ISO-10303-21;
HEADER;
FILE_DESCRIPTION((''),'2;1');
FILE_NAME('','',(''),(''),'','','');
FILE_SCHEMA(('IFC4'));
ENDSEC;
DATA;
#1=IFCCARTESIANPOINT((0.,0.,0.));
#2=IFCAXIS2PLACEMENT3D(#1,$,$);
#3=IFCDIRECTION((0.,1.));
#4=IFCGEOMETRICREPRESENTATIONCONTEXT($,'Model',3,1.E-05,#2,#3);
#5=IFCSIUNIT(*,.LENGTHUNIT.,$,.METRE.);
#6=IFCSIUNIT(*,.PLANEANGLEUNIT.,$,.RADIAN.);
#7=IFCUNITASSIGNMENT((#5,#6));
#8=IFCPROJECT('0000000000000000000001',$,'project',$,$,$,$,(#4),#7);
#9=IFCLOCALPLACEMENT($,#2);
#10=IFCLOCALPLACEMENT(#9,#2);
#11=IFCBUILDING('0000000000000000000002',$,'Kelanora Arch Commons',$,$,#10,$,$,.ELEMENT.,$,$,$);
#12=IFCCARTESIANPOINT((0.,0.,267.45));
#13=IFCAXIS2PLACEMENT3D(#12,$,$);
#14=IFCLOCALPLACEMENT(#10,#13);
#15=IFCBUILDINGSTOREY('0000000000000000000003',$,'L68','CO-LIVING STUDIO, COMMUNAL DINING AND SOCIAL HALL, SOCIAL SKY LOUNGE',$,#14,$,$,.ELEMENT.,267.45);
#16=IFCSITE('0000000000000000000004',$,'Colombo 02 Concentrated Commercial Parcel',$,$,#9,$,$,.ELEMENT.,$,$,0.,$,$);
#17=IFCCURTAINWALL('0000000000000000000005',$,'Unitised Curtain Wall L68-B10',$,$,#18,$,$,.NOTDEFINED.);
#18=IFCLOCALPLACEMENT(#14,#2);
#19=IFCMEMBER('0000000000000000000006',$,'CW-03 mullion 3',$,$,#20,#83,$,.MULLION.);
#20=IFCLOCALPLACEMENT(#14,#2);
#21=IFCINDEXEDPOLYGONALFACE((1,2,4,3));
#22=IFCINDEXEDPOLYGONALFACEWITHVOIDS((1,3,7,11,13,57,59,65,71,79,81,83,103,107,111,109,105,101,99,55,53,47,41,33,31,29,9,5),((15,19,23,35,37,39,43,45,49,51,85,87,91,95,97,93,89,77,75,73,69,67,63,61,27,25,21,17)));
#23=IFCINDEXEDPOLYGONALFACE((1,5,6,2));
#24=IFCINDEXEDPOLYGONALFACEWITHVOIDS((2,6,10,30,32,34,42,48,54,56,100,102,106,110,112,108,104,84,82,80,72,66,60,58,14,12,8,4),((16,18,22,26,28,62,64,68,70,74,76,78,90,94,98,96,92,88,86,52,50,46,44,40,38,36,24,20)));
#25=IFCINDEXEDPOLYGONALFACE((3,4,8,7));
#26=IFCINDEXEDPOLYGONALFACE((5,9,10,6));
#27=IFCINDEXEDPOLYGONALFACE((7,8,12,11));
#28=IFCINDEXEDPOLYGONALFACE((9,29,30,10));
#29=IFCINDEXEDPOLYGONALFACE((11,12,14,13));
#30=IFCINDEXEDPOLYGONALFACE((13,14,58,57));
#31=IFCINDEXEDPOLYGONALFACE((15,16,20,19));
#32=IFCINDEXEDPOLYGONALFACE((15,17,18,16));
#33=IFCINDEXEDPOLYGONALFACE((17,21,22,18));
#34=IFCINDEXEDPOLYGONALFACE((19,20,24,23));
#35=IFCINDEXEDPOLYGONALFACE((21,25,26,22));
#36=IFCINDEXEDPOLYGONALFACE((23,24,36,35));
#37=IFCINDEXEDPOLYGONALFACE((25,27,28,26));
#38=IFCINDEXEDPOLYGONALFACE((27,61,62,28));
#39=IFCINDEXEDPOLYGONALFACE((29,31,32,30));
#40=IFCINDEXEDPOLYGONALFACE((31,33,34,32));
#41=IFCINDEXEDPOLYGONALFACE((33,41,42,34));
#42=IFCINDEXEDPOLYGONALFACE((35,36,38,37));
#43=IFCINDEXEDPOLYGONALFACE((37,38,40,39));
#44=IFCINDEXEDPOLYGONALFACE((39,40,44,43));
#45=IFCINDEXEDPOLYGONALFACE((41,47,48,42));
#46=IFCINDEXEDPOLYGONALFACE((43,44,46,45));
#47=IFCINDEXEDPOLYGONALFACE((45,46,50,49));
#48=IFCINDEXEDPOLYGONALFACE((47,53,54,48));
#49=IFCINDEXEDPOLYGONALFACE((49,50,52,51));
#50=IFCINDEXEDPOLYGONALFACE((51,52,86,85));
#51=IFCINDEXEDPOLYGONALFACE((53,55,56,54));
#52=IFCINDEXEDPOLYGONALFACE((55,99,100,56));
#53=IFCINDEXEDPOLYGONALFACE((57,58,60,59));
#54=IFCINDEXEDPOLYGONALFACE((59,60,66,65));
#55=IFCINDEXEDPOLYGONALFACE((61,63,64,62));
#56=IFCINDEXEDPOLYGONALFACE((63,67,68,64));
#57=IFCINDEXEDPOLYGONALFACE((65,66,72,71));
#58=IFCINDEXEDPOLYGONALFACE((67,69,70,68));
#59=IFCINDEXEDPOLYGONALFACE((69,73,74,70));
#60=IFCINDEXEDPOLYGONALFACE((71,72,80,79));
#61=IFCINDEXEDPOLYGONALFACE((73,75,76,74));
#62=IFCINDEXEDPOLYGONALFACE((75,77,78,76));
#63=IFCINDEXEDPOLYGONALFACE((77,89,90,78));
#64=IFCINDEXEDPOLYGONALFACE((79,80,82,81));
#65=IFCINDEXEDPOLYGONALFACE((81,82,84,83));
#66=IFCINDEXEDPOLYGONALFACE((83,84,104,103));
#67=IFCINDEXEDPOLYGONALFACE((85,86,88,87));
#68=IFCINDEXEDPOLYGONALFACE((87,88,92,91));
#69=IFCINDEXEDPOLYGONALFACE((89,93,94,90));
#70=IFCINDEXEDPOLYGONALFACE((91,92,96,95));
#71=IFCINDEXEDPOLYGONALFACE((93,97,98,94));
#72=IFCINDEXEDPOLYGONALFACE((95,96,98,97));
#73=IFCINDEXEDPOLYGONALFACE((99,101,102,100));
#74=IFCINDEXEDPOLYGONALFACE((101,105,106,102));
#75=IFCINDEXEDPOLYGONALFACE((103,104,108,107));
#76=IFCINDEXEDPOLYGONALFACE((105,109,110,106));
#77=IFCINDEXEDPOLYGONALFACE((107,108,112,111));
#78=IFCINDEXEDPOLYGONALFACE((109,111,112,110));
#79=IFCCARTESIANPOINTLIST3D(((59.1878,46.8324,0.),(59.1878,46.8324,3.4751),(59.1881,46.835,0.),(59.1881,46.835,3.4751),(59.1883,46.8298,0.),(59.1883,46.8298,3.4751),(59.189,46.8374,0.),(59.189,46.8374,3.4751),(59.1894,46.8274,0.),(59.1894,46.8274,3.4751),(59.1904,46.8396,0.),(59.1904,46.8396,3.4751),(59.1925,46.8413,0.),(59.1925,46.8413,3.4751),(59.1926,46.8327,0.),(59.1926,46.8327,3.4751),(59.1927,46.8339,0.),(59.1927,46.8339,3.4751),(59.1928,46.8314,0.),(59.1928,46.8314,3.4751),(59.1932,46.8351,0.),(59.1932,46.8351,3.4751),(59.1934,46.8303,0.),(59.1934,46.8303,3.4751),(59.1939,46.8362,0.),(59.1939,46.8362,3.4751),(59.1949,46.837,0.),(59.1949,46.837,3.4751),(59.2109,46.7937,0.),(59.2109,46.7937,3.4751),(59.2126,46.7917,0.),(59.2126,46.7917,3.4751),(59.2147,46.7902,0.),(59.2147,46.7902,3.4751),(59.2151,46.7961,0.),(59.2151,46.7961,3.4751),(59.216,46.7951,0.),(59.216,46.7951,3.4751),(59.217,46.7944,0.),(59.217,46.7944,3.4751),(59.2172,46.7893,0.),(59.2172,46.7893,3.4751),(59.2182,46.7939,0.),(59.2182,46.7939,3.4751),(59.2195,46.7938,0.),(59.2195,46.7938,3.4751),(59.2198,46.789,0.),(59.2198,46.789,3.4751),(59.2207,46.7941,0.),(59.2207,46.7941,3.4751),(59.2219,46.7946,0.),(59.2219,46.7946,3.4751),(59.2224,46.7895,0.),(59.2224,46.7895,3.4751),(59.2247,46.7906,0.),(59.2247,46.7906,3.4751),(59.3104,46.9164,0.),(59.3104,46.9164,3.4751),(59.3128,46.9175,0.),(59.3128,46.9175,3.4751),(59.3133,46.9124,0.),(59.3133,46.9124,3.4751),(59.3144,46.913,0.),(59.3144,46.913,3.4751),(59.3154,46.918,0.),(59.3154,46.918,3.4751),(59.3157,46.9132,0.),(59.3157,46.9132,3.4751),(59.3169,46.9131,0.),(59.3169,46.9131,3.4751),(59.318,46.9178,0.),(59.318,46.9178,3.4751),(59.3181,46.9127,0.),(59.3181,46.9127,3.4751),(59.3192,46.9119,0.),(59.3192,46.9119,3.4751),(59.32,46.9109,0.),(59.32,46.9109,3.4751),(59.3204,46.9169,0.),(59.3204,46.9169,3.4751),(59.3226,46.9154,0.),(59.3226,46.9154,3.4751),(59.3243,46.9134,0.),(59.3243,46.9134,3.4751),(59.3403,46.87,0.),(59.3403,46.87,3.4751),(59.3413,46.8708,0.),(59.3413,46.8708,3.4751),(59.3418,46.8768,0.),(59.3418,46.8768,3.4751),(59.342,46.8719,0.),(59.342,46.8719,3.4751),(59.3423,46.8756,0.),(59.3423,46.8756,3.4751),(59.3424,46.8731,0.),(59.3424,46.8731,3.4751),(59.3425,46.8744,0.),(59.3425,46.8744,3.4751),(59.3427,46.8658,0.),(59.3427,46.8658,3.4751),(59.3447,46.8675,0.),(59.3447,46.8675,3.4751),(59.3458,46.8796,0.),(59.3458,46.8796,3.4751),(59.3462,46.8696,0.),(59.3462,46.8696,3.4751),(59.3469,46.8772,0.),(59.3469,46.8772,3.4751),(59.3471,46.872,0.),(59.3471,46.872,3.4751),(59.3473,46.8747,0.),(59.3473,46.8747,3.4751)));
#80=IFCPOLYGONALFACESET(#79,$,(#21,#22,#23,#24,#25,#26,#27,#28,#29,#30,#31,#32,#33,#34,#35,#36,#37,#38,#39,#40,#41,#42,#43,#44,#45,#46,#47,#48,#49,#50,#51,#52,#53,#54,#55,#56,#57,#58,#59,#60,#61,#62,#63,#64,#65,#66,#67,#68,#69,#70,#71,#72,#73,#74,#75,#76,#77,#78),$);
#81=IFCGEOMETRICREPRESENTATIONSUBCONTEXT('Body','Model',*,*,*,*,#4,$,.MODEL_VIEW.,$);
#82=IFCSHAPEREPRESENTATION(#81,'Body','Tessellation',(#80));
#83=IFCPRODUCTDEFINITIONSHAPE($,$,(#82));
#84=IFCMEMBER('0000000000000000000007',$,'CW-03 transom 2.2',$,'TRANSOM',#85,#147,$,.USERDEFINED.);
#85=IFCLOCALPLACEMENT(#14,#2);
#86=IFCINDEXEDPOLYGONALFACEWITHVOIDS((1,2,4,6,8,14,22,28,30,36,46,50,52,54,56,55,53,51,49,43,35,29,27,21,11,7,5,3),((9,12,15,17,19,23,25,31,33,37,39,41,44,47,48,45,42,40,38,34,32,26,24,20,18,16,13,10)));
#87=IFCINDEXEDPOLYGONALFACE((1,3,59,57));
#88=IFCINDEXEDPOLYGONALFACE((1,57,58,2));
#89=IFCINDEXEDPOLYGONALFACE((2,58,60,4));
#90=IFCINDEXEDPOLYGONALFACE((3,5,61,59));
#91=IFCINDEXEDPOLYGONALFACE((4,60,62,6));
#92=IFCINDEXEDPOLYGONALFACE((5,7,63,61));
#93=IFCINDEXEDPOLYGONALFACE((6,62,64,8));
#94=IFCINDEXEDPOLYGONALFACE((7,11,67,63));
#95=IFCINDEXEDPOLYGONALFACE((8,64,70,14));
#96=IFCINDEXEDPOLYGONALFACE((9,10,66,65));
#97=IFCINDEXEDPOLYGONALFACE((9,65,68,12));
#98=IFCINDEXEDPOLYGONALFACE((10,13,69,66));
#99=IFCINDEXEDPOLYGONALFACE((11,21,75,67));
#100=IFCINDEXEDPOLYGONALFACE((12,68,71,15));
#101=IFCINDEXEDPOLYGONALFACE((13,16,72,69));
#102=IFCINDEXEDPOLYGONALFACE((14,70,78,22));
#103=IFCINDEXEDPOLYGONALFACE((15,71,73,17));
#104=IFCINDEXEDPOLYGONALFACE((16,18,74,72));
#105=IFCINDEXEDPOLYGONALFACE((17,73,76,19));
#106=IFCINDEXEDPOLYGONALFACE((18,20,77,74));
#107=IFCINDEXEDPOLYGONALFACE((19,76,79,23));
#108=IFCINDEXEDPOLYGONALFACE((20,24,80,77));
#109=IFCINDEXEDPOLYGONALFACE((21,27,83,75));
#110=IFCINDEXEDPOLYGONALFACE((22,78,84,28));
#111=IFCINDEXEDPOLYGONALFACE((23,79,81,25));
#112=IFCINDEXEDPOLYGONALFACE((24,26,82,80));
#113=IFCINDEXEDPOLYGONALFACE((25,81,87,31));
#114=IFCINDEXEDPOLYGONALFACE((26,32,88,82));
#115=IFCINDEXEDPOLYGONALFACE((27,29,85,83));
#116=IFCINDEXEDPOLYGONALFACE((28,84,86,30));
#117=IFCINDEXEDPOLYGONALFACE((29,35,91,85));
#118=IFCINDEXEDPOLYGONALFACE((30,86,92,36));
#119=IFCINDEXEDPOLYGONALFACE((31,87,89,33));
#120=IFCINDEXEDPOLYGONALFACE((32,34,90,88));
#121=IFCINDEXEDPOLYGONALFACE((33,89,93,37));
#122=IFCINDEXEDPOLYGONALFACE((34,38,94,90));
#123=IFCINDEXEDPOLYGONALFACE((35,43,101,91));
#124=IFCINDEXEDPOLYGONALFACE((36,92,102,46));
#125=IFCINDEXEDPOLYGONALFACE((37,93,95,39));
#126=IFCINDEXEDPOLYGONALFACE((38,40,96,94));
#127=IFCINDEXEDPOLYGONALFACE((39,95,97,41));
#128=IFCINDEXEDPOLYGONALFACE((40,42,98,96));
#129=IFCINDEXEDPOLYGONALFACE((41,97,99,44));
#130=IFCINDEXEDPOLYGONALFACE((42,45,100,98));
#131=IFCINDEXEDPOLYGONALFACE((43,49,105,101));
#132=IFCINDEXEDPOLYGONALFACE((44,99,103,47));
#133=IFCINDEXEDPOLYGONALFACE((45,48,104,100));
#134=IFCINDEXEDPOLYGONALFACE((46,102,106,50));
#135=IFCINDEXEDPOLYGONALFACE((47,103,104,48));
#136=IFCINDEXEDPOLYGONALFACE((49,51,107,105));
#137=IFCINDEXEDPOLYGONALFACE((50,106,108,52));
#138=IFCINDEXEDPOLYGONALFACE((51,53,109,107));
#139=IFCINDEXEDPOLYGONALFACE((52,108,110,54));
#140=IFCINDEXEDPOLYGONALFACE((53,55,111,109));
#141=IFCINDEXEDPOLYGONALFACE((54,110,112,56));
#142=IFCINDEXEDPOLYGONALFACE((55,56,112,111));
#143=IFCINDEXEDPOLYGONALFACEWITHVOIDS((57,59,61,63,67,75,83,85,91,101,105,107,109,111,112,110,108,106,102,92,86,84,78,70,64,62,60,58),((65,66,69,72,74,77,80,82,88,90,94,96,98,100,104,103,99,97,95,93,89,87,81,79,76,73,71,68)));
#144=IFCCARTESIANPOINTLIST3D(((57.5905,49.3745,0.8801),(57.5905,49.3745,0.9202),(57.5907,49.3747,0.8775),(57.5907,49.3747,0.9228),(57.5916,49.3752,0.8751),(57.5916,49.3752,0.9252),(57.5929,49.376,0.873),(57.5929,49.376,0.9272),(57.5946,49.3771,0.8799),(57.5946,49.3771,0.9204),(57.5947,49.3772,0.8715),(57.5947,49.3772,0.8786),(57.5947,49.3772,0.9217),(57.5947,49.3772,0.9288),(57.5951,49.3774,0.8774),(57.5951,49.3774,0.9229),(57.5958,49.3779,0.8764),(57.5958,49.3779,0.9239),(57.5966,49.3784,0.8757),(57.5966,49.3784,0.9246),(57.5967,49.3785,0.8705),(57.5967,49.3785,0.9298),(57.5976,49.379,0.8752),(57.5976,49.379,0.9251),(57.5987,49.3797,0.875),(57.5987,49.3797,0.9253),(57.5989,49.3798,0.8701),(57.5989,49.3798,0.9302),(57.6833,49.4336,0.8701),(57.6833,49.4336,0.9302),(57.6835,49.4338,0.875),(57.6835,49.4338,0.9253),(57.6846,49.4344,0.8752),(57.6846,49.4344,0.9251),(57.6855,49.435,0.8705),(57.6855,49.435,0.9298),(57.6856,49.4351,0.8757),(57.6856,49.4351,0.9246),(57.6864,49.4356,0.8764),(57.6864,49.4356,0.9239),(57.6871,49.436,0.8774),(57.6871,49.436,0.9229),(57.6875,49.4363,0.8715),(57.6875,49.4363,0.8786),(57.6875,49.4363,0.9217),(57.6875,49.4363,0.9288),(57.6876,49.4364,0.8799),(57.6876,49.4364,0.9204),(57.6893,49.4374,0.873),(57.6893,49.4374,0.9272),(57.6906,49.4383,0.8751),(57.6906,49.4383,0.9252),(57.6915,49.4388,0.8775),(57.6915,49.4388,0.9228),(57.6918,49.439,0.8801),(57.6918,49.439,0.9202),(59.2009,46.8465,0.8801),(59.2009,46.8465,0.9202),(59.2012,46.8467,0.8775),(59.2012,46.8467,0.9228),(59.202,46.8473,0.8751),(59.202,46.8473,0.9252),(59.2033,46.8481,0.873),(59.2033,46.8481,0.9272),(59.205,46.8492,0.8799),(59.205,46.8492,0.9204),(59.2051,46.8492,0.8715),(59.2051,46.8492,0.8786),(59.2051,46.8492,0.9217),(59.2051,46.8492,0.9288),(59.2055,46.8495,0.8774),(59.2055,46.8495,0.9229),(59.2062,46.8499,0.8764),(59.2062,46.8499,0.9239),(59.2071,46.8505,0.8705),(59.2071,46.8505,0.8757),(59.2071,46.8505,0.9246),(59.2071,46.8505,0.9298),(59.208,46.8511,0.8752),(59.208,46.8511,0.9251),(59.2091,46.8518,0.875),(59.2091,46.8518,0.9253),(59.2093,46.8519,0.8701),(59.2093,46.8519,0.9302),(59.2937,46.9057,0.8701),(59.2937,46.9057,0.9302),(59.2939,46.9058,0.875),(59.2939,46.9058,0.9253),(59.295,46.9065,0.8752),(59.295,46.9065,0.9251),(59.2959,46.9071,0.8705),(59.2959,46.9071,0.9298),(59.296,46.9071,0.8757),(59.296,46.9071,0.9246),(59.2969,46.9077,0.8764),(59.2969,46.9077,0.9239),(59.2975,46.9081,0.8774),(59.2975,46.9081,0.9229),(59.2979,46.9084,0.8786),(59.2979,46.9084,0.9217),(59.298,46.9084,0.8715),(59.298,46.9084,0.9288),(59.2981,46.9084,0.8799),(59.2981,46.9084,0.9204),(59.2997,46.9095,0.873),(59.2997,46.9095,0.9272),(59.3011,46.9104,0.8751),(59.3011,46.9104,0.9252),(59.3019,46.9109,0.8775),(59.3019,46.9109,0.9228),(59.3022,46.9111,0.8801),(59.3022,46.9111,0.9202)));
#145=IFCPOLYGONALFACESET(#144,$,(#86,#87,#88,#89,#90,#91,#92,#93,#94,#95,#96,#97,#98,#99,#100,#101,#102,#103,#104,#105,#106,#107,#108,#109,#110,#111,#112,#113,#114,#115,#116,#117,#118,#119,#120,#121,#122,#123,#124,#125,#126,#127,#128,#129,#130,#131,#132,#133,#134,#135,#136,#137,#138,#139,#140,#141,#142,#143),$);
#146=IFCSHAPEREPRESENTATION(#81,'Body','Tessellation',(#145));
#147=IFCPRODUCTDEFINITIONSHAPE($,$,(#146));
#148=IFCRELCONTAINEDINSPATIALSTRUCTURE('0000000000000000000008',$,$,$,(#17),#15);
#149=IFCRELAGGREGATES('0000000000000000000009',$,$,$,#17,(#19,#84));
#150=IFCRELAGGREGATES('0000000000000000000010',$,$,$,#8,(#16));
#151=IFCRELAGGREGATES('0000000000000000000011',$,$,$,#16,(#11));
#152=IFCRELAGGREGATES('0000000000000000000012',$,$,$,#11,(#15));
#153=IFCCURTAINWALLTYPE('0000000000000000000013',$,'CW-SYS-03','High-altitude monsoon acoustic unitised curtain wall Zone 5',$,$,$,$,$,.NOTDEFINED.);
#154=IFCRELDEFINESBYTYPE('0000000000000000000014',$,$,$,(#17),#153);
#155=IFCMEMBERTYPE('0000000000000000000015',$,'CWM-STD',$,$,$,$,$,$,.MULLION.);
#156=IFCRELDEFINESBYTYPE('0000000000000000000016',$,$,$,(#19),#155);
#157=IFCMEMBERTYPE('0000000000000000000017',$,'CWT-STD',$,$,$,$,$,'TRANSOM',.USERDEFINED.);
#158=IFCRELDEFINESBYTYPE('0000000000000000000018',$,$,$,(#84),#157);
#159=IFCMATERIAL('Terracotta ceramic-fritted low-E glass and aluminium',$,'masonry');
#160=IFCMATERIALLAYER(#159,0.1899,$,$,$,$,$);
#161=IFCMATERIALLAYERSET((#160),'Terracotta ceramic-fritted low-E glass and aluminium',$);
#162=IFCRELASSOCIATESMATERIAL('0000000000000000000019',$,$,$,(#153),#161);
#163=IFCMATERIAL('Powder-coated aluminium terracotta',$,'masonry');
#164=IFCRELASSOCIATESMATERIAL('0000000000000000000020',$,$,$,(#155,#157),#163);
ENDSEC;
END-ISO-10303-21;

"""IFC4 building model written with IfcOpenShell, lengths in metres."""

from ifc_helpers import new_model, si_unit, direction, frame, origin, origin_2d, place, context, subcontext, project, spatial, hollow_rectangle, extrude, material, layer, layer_set, material_profile, profile_set, type_object, element, aggregate, save


model = new_model("IFC4")

# Units and contexts
model_context = context("Model", 3, precision=1e-05, world=origin(), true_north=direction((0.0, 1.0)))
body_context = subcontext(model_context, "Body", "Model", "MODEL_VIEW")
ifc_project = project(units=[si_unit("LENGTHUNIT", "METRE"), si_unit("PLANEANGLEUNIT", "RADIAN")], contexts=[model_context])

# Site, building, storey
site_placement = place(None, origin())
site = spatial("IfcSite", under=ifc_project, at=site_placement, Name="Colombo 02 Concentrated Commercial Parcel", CompositionType="ELEMENT", RefElevation=0.0)
building_placement = place(site_placement, origin())
building = spatial("IfcBuilding", under=site, at=building_placement, Name="Kelanora Arch Commons", CompositionType="ELEMENT")
storey_placement = place(building_placement, frame((0.0, 0.0, 267.45)))
storey = spatial("IfcBuildingStorey", under=building, at=storey_placement, Name="L68", Description="CO-LIVING STUDIO, COMMUNAL DINING AND SOCIAL HALL, SOCIAL SKY LOUNGE", CompositionType="ELEMENT", Elevation=267.45)

# Curtain wall, members
ifc_material_1 = material(Name="Terracotta ceramic-fritted low-E glass and aluminium", Category="masonry")
ifc_layer_1 = layer(ifc_material_1, 0.1899)
ifc_layer_set_1 = layer_set([ifc_layer_1], Name="Terracotta ceramic-fritted low-E glass and aluminium")
curtain_wall_type = type_object("IfcCurtainWallType", Name="CW-SYS-03", Description="High-altitude monsoon acoustic unitised curtain wall Zone 5", PredefinedType="NOTDEFINED", material=ifc_layer_set_1)
curtain_wall_placement = place(storey_placement, origin())
curtain_wall = element("IfcCurtainWall", 1, at=curtain_wall_placement, inside=storey, type_object=curtain_wall_type, Name="Unitised Curtain Wall L68-B10", PredefinedType="NOTDEFINED")
ifc_material_2 = material(Name="Powder-coated aluminium terracotta", Category="masonry")
ifc_material_profile_1 = material_profile(ifc_material_2, hollow_rectangle(XDim=0.1599, YDim=0.0601, WallThickness=0.0049, InnerFilletRadius=0.0049, OuterFilletRadius=0.01, at=origin_2d()), Name="CWM160x60")
ifc_profile_set_1 = profile_set([ifc_material_profile_1], Name="Powder-coated aluminium terracotta")
member_type_1 = type_object("IfcMemberType", Name="CWM-STD", PredefinedType="MULLION", material=ifc_profile_set_1)
member_1_placement = place(storey_placement, frame((59.2676, 46.8535, 0.0), z_axis=(0.0, 0.0, 1.0), x_axis=(0.843391, 0.5373, 0.0)))
member_1 = element("IfcMember", 2, at=member_1_placement, type_object=member_type_1, Name="CW-03 mullion 3", PredefinedType="MULLION", context=body_context, shape_type="SweptSolid", body=[
    extrude(hollow_rectangle(XDim=0.1599, YDim=0.0601, WallThickness=0.0049, InnerFilletRadius=0.0049, OuterFilletRadius=0.01, at=origin_2d()), origin(), (0.0, 0.0, 1.0), 3.4751),
])
ifc_material_profile_2 = material_profile(ifc_material_2, hollow_rectangle(XDim=0.1201, YDim=0.0601, WallThickness=0.0049, InnerFilletRadius=0.0049, OuterFilletRadius=0.01, at=origin_2d()), Name="CWT120x60")
ifc_profile_set_2 = profile_set([ifc_material_profile_2], Name="Powder-coated aluminium terracotta")
member_type_2 = type_object("IfcMemberType", Name="CWT-STD", ElementType="TRANSOM", PredefinedType="USERDEFINED", material=ifc_profile_set_2)
member_2_placement = place(storey_placement, frame((57.6411, 49.4067, 0.9001), z_axis=(0.537287, -0.8434, 0.0), x_axis=(0.8434, 0.537287, 0.0)))
member_2 = element("IfcMember", 3, at=member_2_placement, type_object=member_type_2, Name="CW-03 transom 2.2", ObjectType="TRANSOM", PredefinedType="USERDEFINED", context=body_context, shape_type="SweptSolid", body=[
    extrude(hollow_rectangle(XDim=0.1201, YDim=0.0601, WallThickness=0.0049, InnerFilletRadius=0.0049, OuterFilletRadius=0.01, at=origin_2d()), origin(), (0.0, 0.0, 1.0), 2.9973),
])
aggregate(curtain_wall, [member_1, member_2])

save(model, "model.ifc")
